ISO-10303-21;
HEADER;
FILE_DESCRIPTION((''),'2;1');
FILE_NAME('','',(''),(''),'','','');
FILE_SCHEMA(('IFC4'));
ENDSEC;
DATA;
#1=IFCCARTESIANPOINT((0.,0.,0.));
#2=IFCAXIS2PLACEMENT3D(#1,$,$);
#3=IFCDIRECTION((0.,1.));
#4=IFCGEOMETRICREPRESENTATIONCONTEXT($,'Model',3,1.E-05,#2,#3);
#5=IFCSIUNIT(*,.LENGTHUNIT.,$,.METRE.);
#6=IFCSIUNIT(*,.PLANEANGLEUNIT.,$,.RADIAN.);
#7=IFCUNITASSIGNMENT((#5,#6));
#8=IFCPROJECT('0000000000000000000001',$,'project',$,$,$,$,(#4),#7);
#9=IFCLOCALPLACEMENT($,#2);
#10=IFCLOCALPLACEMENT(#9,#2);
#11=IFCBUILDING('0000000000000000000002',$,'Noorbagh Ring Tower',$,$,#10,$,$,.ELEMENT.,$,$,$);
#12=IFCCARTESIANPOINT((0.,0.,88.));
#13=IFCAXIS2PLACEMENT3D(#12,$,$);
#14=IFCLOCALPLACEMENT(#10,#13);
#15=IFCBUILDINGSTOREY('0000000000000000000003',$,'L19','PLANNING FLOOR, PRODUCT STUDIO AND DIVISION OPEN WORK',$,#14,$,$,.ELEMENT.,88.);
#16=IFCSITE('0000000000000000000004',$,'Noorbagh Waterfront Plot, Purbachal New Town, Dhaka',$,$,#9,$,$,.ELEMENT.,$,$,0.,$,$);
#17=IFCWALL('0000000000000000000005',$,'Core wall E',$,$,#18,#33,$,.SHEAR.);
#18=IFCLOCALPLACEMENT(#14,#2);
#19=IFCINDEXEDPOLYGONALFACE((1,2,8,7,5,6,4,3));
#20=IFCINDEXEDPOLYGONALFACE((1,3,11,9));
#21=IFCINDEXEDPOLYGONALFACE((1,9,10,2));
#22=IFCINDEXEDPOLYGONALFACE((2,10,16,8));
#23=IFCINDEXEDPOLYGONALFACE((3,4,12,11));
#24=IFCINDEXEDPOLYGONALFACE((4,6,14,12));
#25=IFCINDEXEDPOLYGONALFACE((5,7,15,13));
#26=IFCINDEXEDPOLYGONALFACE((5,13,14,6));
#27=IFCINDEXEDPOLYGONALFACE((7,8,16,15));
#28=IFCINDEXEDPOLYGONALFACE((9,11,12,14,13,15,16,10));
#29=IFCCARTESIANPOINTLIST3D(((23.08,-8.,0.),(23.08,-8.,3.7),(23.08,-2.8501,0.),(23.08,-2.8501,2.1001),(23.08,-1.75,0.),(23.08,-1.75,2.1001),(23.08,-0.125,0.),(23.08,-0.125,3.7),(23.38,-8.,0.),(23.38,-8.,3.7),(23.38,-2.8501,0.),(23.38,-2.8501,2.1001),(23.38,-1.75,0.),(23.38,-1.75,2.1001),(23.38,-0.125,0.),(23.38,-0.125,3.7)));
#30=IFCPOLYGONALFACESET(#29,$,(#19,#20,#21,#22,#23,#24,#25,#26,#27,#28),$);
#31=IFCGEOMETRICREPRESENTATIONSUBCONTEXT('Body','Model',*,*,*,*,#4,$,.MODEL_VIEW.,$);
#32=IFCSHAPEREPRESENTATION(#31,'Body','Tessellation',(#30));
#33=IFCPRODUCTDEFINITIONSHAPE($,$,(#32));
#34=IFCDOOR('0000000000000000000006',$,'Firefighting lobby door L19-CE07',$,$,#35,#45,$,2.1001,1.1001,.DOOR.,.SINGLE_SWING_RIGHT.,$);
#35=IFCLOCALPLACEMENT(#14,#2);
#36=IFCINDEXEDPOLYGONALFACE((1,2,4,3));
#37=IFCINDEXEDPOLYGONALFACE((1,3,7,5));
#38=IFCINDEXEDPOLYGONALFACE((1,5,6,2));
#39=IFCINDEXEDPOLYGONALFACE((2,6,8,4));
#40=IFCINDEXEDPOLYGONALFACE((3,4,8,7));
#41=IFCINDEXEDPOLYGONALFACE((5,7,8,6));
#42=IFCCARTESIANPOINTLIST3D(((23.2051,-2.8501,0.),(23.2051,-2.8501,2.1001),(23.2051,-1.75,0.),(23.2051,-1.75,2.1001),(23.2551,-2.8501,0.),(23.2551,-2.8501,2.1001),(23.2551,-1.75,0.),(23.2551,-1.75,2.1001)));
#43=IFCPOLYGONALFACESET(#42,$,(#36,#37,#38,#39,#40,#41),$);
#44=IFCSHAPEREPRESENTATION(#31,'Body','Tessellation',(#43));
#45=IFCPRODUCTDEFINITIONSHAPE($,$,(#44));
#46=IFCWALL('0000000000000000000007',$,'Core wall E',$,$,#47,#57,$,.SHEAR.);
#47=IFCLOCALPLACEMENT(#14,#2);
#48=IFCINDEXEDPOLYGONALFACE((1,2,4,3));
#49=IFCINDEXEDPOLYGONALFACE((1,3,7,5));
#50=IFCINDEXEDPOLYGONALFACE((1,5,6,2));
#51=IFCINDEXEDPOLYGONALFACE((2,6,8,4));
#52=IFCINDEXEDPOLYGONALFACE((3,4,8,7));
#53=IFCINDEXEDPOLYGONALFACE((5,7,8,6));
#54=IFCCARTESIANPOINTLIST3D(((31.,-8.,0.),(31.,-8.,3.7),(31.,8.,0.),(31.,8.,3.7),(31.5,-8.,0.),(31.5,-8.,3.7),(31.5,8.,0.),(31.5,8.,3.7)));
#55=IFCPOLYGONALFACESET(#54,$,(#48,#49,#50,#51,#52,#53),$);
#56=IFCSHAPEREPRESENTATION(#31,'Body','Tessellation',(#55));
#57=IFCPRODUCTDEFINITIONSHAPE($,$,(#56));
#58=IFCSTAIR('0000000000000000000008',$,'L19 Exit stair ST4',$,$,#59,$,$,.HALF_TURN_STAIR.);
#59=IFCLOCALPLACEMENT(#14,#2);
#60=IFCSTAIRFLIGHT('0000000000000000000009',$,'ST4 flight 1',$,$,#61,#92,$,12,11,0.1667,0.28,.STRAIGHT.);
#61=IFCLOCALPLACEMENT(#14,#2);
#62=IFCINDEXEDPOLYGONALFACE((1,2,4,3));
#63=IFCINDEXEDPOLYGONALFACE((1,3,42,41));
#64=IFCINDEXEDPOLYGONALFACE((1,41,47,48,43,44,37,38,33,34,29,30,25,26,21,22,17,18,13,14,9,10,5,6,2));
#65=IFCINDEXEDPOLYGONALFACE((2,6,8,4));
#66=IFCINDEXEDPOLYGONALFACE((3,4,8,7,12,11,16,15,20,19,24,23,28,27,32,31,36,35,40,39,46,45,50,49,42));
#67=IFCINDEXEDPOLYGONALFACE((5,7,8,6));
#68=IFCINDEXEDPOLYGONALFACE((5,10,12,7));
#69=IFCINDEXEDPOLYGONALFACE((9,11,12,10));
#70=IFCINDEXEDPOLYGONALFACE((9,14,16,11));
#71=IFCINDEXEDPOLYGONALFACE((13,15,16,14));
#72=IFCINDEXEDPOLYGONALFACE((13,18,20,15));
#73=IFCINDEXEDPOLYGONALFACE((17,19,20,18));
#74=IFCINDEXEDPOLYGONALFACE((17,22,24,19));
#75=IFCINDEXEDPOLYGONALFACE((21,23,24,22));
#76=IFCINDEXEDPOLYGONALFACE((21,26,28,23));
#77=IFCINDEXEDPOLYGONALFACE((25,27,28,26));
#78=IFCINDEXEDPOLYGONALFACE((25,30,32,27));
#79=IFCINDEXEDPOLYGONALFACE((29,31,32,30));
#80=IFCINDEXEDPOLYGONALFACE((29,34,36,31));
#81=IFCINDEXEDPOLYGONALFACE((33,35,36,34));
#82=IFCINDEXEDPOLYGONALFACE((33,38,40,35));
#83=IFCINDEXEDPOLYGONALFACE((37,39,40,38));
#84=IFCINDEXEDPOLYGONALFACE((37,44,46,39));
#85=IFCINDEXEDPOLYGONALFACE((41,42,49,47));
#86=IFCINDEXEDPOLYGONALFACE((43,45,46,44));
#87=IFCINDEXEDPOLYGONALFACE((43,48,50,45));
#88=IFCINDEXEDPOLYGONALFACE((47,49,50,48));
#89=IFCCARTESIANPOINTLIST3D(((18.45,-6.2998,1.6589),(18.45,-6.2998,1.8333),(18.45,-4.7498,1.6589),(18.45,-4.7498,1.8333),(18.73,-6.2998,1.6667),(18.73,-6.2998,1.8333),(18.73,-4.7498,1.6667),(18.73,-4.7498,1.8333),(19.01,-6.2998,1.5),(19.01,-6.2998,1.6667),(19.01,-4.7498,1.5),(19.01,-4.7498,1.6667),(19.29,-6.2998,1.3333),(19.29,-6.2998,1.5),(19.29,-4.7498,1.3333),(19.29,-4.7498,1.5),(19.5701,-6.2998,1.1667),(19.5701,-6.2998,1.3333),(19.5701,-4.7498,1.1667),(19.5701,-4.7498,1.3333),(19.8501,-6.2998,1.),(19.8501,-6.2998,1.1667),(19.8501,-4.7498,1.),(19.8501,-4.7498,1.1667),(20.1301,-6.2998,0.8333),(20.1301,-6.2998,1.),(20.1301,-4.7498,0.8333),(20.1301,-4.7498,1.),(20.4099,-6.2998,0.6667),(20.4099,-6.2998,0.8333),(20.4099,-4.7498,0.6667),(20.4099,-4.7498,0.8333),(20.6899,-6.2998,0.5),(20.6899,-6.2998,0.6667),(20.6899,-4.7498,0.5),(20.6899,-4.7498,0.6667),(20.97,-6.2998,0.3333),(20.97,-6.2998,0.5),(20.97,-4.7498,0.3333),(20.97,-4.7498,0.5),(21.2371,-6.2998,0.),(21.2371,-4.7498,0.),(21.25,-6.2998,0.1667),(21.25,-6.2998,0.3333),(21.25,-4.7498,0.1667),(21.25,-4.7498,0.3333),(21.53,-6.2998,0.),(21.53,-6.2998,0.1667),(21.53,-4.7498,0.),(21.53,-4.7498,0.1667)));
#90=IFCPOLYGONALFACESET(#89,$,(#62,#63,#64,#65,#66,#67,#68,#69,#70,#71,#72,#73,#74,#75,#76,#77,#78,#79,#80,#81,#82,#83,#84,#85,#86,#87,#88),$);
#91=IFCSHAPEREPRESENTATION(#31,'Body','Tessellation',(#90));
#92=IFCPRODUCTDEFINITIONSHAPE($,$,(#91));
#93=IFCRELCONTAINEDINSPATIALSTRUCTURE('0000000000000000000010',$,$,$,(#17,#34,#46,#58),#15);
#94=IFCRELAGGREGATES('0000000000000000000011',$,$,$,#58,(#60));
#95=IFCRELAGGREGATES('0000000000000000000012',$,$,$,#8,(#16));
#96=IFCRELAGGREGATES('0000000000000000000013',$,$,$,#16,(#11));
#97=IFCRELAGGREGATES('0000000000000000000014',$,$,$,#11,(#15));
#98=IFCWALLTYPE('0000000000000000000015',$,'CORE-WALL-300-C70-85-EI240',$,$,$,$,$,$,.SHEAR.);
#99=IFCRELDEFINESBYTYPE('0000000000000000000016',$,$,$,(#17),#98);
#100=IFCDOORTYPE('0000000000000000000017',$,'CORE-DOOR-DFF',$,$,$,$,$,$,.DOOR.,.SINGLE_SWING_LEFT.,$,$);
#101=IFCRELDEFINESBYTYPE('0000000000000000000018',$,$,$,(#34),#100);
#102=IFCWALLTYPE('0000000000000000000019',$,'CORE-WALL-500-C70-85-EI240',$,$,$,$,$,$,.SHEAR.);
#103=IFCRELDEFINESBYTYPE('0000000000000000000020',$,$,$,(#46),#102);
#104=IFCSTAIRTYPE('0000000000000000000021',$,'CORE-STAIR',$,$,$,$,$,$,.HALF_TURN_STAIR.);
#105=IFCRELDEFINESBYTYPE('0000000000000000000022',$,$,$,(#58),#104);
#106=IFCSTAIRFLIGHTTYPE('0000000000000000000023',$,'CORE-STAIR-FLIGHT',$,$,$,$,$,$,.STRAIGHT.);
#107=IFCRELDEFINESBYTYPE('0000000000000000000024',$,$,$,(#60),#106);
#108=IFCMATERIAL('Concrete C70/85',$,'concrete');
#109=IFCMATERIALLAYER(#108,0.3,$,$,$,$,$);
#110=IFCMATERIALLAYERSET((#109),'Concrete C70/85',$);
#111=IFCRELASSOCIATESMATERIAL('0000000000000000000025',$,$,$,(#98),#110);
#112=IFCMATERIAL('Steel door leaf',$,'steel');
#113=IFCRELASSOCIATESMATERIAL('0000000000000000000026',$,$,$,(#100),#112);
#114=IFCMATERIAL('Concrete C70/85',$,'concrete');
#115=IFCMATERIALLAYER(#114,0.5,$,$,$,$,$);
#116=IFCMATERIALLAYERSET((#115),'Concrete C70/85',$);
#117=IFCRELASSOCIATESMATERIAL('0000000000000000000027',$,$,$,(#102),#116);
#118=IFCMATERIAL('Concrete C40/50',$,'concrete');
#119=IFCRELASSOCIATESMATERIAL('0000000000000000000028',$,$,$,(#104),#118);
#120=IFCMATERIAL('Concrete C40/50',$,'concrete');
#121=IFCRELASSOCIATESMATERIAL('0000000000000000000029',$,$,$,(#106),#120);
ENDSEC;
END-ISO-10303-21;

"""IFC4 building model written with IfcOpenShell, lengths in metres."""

from ifc_helpers import new_model, si_unit, direction, frame, frame_2d, origin, place, context, subcontext, project, spatial, polyline, rectangle, outline, extrude, material, layer, layer_set, type_object, element, fill, aggregate, save


model = new_model("IFC4")

# Units and contexts
model_context = context("Model", 3, precision=1e-05, world=origin(), true_north=direction((0.0, 1.0)))
body_context = subcontext(model_context, "Body", "Model", "MODEL_VIEW")
ifc_project = project(units=[si_unit("LENGTHUNIT", "METRE"), si_unit("PLANEANGLEUNIT", "RADIAN")], contexts=[model_context])

# Site, building, storey
site_placement = place(None, origin())
site = spatial("IfcSite", under=ifc_project, at=site_placement, Name="Noorbagh Waterfront Plot, Purbachal New Town, Dhaka", CompositionType="ELEMENT", RefElevation=0.0)
building_placement = place(site_placement, origin())
building = spatial("IfcBuilding", under=site, at=building_placement, Name="Noorbagh Ring Tower", CompositionType="ELEMENT")
storey_placement = place(building_placement, frame((0.0, 0.0, 88.0)))
storey = spatial("IfcBuildingStorey", under=building, at=storey_placement, Name="L19", Description="PLANNING FLOOR, PRODUCT STUDIO AND DIVISION OPEN WORK", CompositionType="ELEMENT", Elevation=88.0)

# Shared definitions
ifc_material_1 = material(Name="Concrete C70/85", Category="concrete")
ifc_layer_1 = layer(ifc_material_1, 0.3)
ifc_layer_set_1 = layer_set([ifc_layer_1], Name="Concrete C70/85")
wall_type_1 = type_object("IfcWallType", Name="CORE-WALL-300-C70-85-EI240", PredefinedType="SHEAR", material=ifc_layer_set_1)

# Wall, opening, door
wall_1_placement = place(storey_placement, frame((23.23, -8.0, 0.0), z_axis=(0.0, 0.0, 1.0), x_axis=(0.0, 1.0, 0.0)))
wall_1 = element("IfcWall", 1, at=wall_1_placement, inside=storey, type_object=wall_type_1, Name="Core wall E", PredefinedType="SHEAR", context=body_context, shape_type="SweptSolid", body=[
    extrude(rectangle(XDim=7.875, YDim=0.3, at=frame_2d((3.9375, 0.0))), origin(), (0.0, 0.0, 1.0), 3.7),
])
opening_1_placement = place(wall_1_placement, frame((5.1499, 0.0, 0.0)))
opening_1 = element("IfcOpeningElement", 2, at=opening_1_placement, cuts=wall_1, PredefinedType="OPENING", context=body_context, shape_type="SweptSolid", body=[
    extrude(rectangle(XDim=1.1001, YDim=2.1001, at=frame_2d((0.55, 1.05))), frame((0.0, 0.1602, 0.0), z_axis=(0.0, -1.0, 0.0), x_axis=(1.0, 0.0, 0.0)), (0.0, 0.0, 1.0), 0.3201),
])
ifc_material_2 = material(Name="Steel door leaf", Category="steel")
door_type_1 = type_object("IfcDoorType", Name="CORE-DOOR-DFF", OperationType="SINGLE_SWING_LEFT", PredefinedType="DOOR", material=ifc_material_2)
door_1_placement = place(opening_1_placement, origin())
door_1 = element("IfcDoor", 3, at=door_1_placement, inside=storey, type_object=door_type_1, Name="Firefighting lobby door L19-CE07", OperationType="SINGLE_SWING_RIGHT", OverallHeight=2.1001, OverallWidth=1.1001, PredefinedType="DOOR", context=body_context, shape_type="SweptSolid", body=[
    extrude(rectangle(XDim=1.1001, YDim=2.1001, at=frame_2d((0.55, 1.05))), frame((0.0, 0.0249, 0.0), z_axis=(0.0, -1.0, 0.0), x_axis=(1.0, 0.0, 0.0)), (0.0, 0.0, 1.0), 0.05),
])
fill(opening_1, door_1)

# Wall
ifc_material_3 = material(Name="Concrete C70/85", Category="concrete")
ifc_layer_2 = layer(ifc_material_3, 0.5)
ifc_layer_set_2 = layer_set([ifc_layer_2], Name="Concrete C70/85")
wall_type_2 = type_object("IfcWallType", Name="CORE-WALL-500-C70-85-EI240", PredefinedType="SHEAR", material=ifc_layer_set_2)
wall_2_placement = place(storey_placement, frame((31.25, -8.0, 0.0), z_axis=(0.0, 0.0, 1.0), x_axis=(0.0, 1.0, 0.0)))
element("IfcWall", 4, at=wall_2_placement, inside=storey, type_object=wall_type_2, Name="Core wall E", PredefinedType="SHEAR", context=body_context, shape_type="SweptSolid", body=[
    extrude(rectangle(XDim=16.0, YDim=0.5, at=frame_2d((8.0, 0.0))), origin(), (0.0, 0.0, 1.0), 3.7),
])

# Stair, stair flight
ifc_material_4 = material(Name="Concrete C40/50", Category="concrete")
stair_type = type_object("IfcStairType", Name="CORE-STAIR", PredefinedType="HALF_TURN_STAIR", material=ifc_material_4)
stair_placement = place(storey_placement, origin())
stair = element("IfcStair", 5, at=stair_placement, inside=storey, type_object=stair_type, Name="L19 Exit stair ST4", PredefinedType="HALF_TURN_STAIR")
ifc_material_5 = material(Name="Concrete C40/50", Category="concrete")
stair_flight_type = type_object("IfcStairFlightType", Name="CORE-STAIR-FLIGHT", PredefinedType="STRAIGHT", material=ifc_material_5)
stair_flight_placement = place(storey_placement, frame((21.53, -5.5249, 0.0), z_axis=(0.0, 0.0, 1.0), x_axis=(-1.0, 0.0, 0.0)))
stair_flight = element("IfcStairFlight", 6, at=stair_flight_placement, type_object=stair_flight_type, Name="ST4 flight 1", NumberOfRisers=12, NumberOfTreads=11, PredefinedType="STRAIGHT", RiserHeight=0.1667, TreadLength=0.28, context=body_context, shape_type="SweptSolid", body=[
    extrude(outline(polyline([(0.0, 0.0), (0.0, 0.1667), (0.28, 0.1667), (0.28, 0.3333), (0.5601, 0.3333), (0.5601, 0.5), (0.8401, 0.5), (0.8401, 0.6667), (1.1201, 0.6667), (1.1201, 0.8333), (1.3999, 0.8333), (1.3999, 1.0), (1.6799, 1.0), (1.6799, 1.1667), (1.96, 1.1667), (1.96, 1.3333), (2.24, 1.3333), (2.24, 1.5), (2.52, 1.5), (2.52, 1.6667), (2.8, 1.6667), (2.8, 1.8333), (3.0801, 1.8333), (3.0801, 2.0), (3.0801, 1.6589), (0.293, 0.0), (0.0, 0.0)])), frame((0.0, 0.7749, 0.0), z_axis=(0.0, -1.0, 0.0), x_axis=(1.0, 0.0, 0.0)), (0.0, 0.0, 1.0), 1.55),
])
aggregate(stair, [stair_flight])

save(model, "model.ifc")
